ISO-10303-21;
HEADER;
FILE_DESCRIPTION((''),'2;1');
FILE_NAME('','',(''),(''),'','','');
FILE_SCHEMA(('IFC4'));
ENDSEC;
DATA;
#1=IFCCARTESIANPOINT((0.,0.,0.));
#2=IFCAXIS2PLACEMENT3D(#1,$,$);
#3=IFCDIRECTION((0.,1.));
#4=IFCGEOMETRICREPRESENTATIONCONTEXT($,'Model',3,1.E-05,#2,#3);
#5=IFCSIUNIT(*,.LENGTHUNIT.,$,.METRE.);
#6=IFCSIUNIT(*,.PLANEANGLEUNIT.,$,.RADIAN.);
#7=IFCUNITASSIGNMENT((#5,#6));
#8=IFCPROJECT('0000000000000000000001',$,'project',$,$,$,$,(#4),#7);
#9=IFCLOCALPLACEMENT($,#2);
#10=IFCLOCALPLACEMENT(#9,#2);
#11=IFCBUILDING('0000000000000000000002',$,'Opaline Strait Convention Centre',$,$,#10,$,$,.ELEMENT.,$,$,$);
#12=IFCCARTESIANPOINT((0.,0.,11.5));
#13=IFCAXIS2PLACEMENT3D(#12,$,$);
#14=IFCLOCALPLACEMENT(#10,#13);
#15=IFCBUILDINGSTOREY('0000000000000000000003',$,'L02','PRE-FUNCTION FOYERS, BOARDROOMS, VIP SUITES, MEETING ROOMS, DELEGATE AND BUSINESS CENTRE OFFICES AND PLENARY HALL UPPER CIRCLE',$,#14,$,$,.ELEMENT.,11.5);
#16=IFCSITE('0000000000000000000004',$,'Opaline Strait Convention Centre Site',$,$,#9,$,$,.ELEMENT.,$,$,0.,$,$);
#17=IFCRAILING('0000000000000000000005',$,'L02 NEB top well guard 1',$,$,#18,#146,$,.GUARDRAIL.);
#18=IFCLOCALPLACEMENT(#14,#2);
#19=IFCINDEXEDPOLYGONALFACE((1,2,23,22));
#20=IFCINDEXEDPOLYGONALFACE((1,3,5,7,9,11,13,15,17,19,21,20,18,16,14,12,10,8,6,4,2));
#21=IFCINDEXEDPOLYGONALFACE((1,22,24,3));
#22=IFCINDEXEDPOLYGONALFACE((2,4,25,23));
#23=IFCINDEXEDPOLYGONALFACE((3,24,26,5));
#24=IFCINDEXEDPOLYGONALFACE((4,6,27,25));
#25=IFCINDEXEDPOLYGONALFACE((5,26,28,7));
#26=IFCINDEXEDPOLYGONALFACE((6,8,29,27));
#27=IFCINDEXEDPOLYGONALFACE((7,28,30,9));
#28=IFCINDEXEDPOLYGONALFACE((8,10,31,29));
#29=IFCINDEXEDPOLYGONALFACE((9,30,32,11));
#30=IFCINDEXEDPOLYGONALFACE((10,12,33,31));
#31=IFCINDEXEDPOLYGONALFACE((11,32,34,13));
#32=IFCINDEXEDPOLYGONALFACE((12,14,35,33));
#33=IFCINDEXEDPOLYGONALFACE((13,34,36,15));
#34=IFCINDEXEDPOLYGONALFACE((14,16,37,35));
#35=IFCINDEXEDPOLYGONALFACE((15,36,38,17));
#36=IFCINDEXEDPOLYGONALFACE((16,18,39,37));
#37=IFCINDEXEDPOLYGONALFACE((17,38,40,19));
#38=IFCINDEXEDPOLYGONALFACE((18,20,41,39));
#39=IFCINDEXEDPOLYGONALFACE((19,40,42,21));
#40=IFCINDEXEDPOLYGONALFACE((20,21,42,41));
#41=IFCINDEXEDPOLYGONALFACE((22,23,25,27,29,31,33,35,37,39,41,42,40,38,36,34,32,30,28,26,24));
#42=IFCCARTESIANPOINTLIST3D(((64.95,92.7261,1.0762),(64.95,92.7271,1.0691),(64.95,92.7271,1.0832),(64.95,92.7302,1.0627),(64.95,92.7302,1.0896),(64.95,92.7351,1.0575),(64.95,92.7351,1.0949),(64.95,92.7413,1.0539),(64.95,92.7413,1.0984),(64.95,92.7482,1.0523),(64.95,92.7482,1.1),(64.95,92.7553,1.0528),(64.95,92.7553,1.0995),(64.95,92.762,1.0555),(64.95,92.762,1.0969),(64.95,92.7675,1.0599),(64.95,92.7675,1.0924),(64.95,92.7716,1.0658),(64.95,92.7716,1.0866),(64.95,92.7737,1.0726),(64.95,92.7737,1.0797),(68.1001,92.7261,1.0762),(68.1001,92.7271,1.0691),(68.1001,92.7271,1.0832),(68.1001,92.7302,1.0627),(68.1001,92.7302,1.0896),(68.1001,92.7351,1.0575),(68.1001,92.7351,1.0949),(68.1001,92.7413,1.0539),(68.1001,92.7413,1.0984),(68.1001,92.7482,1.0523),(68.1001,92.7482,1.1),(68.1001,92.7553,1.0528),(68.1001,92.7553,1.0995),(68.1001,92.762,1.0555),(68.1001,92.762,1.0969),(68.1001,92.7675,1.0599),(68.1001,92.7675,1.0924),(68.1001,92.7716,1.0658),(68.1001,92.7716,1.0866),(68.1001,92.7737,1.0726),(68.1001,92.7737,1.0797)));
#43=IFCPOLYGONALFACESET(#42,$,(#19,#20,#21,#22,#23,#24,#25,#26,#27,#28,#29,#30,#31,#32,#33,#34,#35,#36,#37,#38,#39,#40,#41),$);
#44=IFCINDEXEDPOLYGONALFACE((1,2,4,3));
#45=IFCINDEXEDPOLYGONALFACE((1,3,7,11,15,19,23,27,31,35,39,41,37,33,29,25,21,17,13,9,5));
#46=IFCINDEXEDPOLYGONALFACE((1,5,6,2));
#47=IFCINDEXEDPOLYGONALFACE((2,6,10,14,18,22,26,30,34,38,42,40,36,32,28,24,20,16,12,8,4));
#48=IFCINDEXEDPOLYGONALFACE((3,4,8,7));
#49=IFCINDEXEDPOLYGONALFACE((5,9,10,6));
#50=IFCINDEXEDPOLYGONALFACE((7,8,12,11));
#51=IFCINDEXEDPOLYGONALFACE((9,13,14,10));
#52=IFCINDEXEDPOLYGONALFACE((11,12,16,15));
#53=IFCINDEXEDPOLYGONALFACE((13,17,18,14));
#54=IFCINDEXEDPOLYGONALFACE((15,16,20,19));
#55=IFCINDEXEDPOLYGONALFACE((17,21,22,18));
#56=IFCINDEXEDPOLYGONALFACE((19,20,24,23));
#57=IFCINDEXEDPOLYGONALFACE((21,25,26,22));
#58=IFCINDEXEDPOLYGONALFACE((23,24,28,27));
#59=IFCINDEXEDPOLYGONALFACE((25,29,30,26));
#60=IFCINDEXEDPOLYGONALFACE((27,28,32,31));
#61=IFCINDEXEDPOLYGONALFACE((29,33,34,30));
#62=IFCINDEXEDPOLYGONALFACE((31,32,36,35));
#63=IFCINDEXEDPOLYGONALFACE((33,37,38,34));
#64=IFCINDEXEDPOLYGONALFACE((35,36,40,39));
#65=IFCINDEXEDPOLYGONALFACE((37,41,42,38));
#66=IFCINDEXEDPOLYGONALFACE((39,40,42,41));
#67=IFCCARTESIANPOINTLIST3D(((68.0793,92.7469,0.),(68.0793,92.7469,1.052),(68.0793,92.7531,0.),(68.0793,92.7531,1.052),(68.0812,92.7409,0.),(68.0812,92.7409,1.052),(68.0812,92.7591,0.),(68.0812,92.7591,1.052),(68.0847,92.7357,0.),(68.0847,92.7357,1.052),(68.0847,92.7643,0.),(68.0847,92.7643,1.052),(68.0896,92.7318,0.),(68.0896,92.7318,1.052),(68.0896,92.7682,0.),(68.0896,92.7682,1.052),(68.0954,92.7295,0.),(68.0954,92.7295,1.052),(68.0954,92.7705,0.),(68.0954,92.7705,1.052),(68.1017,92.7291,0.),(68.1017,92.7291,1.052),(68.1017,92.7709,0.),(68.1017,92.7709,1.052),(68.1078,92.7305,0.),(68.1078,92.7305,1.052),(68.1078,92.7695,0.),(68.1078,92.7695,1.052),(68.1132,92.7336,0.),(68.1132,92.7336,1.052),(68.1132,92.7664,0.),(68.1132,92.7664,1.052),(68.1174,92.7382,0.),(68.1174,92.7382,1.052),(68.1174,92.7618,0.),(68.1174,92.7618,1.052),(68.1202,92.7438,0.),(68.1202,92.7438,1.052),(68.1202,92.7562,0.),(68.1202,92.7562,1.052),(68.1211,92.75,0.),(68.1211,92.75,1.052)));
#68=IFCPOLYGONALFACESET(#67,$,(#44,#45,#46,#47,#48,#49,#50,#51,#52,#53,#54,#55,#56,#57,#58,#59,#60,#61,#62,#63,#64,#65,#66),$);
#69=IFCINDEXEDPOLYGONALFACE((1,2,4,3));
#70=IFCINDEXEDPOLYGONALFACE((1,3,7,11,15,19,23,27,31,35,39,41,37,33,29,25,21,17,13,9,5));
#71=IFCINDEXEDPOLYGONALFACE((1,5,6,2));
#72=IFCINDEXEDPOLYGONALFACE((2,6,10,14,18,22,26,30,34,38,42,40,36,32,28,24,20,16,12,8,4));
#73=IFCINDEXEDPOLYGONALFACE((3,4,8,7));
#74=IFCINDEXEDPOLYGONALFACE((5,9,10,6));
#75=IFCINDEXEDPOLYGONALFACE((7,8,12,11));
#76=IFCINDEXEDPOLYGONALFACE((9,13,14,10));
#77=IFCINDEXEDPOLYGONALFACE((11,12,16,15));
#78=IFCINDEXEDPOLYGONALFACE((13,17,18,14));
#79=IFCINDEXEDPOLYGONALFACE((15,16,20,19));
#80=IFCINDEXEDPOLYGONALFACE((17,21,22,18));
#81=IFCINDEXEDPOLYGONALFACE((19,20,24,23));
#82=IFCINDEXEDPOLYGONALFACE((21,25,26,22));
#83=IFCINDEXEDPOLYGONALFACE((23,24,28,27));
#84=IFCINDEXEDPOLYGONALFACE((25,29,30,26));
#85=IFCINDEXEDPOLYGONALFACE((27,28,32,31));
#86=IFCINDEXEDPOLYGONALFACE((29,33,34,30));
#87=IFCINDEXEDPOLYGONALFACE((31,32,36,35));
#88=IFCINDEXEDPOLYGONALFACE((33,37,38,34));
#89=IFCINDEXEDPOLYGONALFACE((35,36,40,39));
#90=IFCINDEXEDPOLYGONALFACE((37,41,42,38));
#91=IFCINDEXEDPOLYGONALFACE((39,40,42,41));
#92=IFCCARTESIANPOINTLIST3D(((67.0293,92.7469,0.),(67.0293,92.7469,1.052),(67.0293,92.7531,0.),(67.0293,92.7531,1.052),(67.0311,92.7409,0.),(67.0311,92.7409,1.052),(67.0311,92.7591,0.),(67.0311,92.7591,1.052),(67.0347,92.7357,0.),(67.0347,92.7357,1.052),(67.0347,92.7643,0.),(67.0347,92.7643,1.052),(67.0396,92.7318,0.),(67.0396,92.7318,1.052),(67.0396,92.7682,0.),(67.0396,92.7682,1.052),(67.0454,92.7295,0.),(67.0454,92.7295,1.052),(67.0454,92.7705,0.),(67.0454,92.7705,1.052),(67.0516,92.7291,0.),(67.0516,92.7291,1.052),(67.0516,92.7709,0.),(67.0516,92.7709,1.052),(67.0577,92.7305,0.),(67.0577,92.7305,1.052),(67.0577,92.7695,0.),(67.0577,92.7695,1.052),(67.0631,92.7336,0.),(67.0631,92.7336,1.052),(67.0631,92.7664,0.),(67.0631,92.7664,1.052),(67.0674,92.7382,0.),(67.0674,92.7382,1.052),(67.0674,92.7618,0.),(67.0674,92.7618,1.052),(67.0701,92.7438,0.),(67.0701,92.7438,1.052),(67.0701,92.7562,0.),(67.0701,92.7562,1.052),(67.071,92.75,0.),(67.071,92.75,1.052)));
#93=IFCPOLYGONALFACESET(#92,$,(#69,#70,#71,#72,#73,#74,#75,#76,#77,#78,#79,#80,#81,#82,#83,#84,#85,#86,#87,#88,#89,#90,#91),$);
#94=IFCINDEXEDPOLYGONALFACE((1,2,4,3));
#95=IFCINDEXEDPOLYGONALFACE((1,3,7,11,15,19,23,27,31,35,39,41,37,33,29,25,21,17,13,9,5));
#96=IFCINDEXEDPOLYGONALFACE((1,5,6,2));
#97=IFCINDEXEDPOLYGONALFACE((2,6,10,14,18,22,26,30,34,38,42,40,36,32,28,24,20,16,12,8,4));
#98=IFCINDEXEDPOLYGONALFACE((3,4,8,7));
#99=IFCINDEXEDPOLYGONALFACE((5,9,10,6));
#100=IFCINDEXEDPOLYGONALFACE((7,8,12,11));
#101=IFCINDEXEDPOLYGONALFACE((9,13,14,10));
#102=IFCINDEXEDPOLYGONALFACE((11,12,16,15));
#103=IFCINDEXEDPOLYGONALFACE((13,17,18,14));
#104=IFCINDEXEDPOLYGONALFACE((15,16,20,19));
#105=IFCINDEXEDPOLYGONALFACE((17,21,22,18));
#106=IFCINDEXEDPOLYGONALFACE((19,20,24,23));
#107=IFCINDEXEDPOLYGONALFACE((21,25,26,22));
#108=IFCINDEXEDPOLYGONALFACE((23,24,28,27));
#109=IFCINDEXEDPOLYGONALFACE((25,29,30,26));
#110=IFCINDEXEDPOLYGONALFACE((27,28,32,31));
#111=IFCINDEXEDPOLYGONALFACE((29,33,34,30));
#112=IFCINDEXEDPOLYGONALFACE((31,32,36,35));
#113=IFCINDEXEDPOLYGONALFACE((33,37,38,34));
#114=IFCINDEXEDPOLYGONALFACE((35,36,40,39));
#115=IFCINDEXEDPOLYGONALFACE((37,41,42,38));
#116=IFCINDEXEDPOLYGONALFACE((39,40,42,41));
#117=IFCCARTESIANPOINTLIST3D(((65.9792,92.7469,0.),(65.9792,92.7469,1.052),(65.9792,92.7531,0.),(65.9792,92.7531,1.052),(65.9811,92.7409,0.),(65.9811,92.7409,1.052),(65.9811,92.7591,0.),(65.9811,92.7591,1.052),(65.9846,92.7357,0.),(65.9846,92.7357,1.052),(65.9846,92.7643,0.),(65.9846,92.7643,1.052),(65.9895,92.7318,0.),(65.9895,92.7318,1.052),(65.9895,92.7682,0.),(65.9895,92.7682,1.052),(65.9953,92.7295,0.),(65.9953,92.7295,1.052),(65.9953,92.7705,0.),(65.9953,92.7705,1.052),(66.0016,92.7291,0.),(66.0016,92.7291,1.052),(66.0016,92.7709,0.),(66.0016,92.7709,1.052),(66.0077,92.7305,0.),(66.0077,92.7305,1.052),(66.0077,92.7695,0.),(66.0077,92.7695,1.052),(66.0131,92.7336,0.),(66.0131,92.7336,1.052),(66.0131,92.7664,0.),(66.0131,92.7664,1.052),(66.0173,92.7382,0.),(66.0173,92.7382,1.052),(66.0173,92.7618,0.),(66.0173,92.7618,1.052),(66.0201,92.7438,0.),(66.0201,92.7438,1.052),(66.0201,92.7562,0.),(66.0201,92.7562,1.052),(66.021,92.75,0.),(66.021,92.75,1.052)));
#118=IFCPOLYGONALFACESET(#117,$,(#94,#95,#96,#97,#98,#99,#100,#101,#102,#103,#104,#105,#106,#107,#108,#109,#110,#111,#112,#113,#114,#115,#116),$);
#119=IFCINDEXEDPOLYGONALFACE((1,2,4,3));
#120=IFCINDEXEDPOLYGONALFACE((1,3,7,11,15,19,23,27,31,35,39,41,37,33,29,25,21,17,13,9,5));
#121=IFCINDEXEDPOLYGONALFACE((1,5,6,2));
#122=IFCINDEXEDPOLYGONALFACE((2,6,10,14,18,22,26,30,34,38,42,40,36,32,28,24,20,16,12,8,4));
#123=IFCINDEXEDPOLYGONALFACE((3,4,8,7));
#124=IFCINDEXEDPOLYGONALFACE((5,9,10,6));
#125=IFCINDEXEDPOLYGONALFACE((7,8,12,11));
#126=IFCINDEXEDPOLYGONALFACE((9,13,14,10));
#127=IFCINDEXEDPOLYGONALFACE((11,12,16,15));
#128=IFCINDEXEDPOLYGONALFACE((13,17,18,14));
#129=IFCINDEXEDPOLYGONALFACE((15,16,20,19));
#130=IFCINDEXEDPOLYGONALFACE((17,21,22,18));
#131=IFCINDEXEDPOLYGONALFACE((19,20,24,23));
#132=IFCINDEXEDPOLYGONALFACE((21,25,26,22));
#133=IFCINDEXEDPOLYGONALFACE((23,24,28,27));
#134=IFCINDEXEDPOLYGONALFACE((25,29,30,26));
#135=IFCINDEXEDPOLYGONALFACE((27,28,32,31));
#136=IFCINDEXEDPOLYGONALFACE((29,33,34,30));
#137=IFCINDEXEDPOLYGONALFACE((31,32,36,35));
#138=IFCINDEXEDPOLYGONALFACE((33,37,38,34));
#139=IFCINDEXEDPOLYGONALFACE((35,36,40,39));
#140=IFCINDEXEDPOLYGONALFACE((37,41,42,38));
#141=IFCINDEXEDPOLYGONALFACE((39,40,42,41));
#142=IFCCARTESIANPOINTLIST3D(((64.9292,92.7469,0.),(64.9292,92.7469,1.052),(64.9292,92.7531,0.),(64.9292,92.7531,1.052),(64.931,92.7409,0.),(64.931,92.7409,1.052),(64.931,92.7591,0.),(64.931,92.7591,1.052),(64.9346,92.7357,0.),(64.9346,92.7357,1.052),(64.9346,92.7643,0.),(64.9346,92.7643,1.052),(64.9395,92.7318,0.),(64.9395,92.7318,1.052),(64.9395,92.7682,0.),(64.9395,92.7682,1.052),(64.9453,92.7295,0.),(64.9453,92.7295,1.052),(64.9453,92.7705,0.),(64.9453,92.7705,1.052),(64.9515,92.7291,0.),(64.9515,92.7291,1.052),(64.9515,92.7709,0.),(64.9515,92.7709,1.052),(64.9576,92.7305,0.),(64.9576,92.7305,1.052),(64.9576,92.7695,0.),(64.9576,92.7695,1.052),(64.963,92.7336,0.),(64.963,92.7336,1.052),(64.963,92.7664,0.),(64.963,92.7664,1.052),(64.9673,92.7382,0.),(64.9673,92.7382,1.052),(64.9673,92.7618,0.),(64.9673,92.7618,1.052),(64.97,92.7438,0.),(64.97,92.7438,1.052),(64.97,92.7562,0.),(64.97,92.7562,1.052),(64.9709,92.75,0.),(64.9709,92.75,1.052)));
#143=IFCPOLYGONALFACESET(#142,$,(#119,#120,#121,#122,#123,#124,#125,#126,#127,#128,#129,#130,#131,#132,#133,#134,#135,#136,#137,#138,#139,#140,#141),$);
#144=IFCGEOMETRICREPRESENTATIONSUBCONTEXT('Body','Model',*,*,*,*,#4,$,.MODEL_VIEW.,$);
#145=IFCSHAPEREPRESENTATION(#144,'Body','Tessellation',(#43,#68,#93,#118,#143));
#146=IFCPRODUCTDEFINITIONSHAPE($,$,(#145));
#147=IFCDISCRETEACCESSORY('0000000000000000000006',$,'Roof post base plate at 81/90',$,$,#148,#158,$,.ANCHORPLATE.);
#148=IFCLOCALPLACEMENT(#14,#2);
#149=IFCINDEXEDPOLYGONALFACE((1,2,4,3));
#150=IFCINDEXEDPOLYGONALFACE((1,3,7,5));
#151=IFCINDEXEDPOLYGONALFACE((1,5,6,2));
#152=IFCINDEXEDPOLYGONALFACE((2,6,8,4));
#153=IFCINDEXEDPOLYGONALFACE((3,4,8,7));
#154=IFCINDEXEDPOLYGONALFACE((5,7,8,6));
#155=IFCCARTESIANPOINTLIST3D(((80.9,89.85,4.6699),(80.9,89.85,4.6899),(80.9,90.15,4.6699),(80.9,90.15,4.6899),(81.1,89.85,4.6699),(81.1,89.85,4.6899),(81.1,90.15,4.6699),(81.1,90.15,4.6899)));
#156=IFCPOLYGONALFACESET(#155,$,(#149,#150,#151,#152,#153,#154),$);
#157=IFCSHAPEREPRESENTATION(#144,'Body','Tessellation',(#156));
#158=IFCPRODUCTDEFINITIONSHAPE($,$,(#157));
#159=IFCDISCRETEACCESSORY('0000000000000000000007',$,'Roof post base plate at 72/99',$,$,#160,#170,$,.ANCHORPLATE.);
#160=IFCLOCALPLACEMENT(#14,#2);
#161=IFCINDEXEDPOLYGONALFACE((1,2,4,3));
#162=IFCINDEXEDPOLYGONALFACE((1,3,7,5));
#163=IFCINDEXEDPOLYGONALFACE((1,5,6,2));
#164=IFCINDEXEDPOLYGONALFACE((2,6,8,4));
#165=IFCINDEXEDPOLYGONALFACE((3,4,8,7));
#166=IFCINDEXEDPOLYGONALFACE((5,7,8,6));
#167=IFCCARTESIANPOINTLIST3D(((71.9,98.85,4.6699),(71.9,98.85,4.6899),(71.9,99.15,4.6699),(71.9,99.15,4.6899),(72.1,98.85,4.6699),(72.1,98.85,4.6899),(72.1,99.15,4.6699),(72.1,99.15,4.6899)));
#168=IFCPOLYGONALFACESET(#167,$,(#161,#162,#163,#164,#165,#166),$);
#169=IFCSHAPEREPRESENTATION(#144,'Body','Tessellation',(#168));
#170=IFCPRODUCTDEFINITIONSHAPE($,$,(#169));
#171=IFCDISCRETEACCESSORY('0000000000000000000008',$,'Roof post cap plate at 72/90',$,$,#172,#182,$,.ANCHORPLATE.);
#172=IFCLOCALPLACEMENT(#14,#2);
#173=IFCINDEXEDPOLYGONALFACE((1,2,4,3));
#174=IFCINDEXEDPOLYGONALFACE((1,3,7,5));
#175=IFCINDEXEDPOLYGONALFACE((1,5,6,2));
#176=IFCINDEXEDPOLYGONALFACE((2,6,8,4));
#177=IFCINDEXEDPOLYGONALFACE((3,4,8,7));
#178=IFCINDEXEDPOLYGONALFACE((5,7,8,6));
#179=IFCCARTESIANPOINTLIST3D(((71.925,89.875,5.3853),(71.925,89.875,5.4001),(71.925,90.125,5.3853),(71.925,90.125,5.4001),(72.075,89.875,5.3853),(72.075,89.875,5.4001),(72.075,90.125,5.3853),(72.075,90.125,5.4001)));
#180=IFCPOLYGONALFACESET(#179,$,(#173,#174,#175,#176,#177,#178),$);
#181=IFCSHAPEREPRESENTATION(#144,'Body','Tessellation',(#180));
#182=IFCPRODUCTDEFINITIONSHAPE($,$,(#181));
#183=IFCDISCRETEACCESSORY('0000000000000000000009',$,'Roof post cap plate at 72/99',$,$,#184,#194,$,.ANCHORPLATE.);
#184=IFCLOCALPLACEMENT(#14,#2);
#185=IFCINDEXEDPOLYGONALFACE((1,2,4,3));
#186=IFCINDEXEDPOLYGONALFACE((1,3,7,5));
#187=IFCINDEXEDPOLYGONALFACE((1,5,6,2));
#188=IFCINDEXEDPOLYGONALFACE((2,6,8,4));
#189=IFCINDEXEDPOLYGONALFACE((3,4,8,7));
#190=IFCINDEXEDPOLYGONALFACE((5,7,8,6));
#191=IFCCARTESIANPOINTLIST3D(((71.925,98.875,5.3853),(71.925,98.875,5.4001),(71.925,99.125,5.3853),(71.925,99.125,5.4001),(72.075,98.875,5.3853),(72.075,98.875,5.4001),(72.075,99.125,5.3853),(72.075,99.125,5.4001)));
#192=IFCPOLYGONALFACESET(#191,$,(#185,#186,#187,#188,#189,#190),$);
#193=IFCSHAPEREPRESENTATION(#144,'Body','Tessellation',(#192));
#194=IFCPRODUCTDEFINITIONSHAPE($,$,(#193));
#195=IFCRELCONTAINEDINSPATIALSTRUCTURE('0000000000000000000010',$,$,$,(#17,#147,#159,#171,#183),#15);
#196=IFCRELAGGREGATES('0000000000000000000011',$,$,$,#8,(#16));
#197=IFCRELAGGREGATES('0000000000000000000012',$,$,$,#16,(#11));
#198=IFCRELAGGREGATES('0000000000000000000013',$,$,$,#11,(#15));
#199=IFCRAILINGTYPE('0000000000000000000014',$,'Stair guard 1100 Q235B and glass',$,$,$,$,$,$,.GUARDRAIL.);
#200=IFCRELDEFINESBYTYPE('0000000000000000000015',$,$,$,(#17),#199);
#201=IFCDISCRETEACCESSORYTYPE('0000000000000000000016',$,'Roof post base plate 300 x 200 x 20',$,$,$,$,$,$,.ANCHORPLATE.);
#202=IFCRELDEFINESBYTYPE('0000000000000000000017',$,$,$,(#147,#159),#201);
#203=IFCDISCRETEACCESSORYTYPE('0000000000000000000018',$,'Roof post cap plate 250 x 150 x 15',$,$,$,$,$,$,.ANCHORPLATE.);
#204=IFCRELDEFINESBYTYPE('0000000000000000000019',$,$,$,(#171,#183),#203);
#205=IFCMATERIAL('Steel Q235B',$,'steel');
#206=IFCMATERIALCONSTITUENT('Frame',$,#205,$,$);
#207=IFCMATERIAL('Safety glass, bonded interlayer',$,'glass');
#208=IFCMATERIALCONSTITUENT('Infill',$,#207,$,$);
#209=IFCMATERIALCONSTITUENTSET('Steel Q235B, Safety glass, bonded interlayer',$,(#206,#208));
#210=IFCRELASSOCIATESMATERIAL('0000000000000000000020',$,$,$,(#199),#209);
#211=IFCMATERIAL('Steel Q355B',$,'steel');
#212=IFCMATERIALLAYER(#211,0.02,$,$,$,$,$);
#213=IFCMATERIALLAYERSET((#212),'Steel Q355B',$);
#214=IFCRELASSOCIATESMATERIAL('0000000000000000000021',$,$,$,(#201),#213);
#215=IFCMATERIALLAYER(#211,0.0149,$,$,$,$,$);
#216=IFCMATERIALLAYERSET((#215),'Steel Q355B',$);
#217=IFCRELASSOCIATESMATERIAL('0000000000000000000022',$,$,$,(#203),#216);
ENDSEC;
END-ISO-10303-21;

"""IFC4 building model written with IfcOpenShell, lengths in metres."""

from ifc_helpers import new_model, si_unit, direction, frame, origin, origin_2d, place, context, subcontext, project, spatial, rectangle, circle, extrude, material, layer, layer_set, constituent, constituent_set, type_object, element, save


model = new_model("IFC4")

# Units and contexts
model_context = context("Model", 3, precision=1e-05, world=origin(), true_north=direction((0.0, 1.0)))
body_context = subcontext(model_context, "Body", "Model", "MODEL_VIEW")
ifc_project = project(units=[si_unit("LENGTHUNIT", "METRE"), si_unit("PLANEANGLEUNIT", "RADIAN")], contexts=[model_context])

# Site, building, storey
site_placement = place(None, origin())
site = spatial("IfcSite", under=ifc_project, at=site_placement, Name="Opaline Strait Convention Centre Site", CompositionType="ELEMENT", RefElevation=0.0)
building_placement = place(site_placement, origin())
building = spatial("IfcBuilding", under=site, at=building_placement, Name="Opaline Strait Convention Centre", CompositionType="ELEMENT")
storey_placement = place(building_placement, frame((0.0, 0.0, 11.5)))
storey = spatial("IfcBuildingStorey", under=building, at=storey_placement, Name="L02", Description="PRE-FUNCTION FOYERS, BOARDROOMS, VIP SUITES, MEETING ROOMS, DELEGATE AND BUSINESS CENTRE OFFICES AND PLENARY HALL UPPER CIRCLE", CompositionType="ELEMENT", Elevation=11.5)

# Shared definitions
ifc_material_1 = material(Name="Steel Q355B", Category="steel")

# Railing
ifc_material_2 = material(Name="Steel Q235B", Category="steel")
ifc_constituent_1 = constituent(ifc_material_2, Name="Frame")
ifc_material_3 = material(Name="Safety glass, bonded interlayer", Category="glass")
ifc_constituent_2 = constituent(ifc_material_3, Name="Infill")
ifc_constituent_set = constituent_set(constituents=[ifc_constituent_1, ifc_constituent_2], Name="Steel Q235B, Safety glass, bonded interlayer")
railing_type = type_object("IfcRailingType", Name="Stair guard 1100 Q235B and glass", PredefinedType="GUARDRAIL", material=ifc_constituent_set)
railing_1_placement = place(storey_placement, frame((68.1001, 92.75, 0.0)))
element("IfcRailing", 1, at=railing_1_placement, inside=storey, type_object=railing_type, Name="L02 NEB top well guard 1", PredefinedType="GUARDRAIL", context=body_context, shape_type="SweptSolid", body=[
    extrude(circle(Radius=0.0239, at=origin_2d()), frame((0.0, 0.0, 1.0762), z_axis=(-1.0, 0.0, 0.0), x_axis=(0.0, -1.0, 0.0)), (0.0, 0.0, 1.0), 3.1501),
    extrude(circle(Radius=0.021, at=origin_2d()), origin(), (0.0, 0.0, 1.0), 1.052),
    extrude(circle(Radius=0.021, at=origin_2d()), frame((-1.05, 0.0, 0.0)), (0.0, 0.0, 1.0), 1.052),
    extrude(circle(Radius=0.021, at=origin_2d()), frame((-2.1001, 0.0, 0.0)), (0.0, 0.0, 1.0), 1.052),
    extrude(circle(Radius=0.021, at=origin_2d()), frame((-3.1501, 0.0, 0.0)), (0.0, 0.0, 1.0), 1.052),
])

# Discrete accessories
ifc_layer_1 = layer(ifc_material_1, 0.02)
ifc_layer_set_1 = layer_set([ifc_layer_1], Name="Steel Q355B")
discrete_accessory_type_1 = type_object("IfcDiscreteAccessoryType", Name="Roof post base plate 300 x 200 x 20", PredefinedType="ANCHORPLATE", material=ifc_layer_set_1)
for number, where, z_axis, x_axis, name in (
    (2, (81.0, 90.0, 4.6699), (0.0, 0.0, 1.0), (1.0, 0.0, 0.0), "Roof post base plate at 81/90"),
    (3, (72.0, 99.0, 4.6699), (0.0, 0.0, 1.0), (1.0, 0.0, 0.0), "Roof post base plate at 72/99"),
):
    element("IfcDiscreteAccessory", number, at=place(storey_placement, frame(where, z_axis=z_axis, x_axis=x_axis)), inside=storey, type_object=discrete_accessory_type_1, Name=name, PredefinedType="ANCHORPLATE", context=body_context, shape_type="SweptSolid", body=[
        extrude(rectangle(XDim=0.2, YDim=0.3, at=origin_2d()), origin(), (0.0, 0.0, 1.0), 0.02),
    ])
ifc_layer_2 = layer(ifc_material_1, 0.0149)
ifc_layer_set_2 = layer_set([ifc_layer_2], Name="Steel Q355B")
discrete_accessory_type_2 = type_object("IfcDiscreteAccessoryType", Name="Roof post cap plate 250 x 150 x 15", PredefinedType="ANCHORPLATE", material=ifc_layer_set_2)
for number, where, z_axis, x_axis, name in (
    (4, (72.0, 90.0, 5.3853), (0.0, 0.0, 1.0), (1.0, 0.0, 0.0), "Roof post cap plate at 72/90"),
    (5, (72.0, 99.0, 5.3853), (0.0, 0.0, 1.0), (1.0, 0.0, 0.0), "Roof post cap plate at 72/99"),
):
    element("IfcDiscreteAccessory", number, at=place(storey_placement, frame(where, z_axis=z_axis, x_axis=x_axis)), inside=storey, type_object=discrete_accessory_type_2, Name=name, PredefinedType="ANCHORPLATE", context=body_context, shape_type="SweptSolid", body=[
        extrude(rectangle(XDim=0.1499, YDim=0.25, at=origin_2d()), origin(), (0.0, 0.0, 1.0), 0.0149),
    ])

save(model, "model.ifc")
